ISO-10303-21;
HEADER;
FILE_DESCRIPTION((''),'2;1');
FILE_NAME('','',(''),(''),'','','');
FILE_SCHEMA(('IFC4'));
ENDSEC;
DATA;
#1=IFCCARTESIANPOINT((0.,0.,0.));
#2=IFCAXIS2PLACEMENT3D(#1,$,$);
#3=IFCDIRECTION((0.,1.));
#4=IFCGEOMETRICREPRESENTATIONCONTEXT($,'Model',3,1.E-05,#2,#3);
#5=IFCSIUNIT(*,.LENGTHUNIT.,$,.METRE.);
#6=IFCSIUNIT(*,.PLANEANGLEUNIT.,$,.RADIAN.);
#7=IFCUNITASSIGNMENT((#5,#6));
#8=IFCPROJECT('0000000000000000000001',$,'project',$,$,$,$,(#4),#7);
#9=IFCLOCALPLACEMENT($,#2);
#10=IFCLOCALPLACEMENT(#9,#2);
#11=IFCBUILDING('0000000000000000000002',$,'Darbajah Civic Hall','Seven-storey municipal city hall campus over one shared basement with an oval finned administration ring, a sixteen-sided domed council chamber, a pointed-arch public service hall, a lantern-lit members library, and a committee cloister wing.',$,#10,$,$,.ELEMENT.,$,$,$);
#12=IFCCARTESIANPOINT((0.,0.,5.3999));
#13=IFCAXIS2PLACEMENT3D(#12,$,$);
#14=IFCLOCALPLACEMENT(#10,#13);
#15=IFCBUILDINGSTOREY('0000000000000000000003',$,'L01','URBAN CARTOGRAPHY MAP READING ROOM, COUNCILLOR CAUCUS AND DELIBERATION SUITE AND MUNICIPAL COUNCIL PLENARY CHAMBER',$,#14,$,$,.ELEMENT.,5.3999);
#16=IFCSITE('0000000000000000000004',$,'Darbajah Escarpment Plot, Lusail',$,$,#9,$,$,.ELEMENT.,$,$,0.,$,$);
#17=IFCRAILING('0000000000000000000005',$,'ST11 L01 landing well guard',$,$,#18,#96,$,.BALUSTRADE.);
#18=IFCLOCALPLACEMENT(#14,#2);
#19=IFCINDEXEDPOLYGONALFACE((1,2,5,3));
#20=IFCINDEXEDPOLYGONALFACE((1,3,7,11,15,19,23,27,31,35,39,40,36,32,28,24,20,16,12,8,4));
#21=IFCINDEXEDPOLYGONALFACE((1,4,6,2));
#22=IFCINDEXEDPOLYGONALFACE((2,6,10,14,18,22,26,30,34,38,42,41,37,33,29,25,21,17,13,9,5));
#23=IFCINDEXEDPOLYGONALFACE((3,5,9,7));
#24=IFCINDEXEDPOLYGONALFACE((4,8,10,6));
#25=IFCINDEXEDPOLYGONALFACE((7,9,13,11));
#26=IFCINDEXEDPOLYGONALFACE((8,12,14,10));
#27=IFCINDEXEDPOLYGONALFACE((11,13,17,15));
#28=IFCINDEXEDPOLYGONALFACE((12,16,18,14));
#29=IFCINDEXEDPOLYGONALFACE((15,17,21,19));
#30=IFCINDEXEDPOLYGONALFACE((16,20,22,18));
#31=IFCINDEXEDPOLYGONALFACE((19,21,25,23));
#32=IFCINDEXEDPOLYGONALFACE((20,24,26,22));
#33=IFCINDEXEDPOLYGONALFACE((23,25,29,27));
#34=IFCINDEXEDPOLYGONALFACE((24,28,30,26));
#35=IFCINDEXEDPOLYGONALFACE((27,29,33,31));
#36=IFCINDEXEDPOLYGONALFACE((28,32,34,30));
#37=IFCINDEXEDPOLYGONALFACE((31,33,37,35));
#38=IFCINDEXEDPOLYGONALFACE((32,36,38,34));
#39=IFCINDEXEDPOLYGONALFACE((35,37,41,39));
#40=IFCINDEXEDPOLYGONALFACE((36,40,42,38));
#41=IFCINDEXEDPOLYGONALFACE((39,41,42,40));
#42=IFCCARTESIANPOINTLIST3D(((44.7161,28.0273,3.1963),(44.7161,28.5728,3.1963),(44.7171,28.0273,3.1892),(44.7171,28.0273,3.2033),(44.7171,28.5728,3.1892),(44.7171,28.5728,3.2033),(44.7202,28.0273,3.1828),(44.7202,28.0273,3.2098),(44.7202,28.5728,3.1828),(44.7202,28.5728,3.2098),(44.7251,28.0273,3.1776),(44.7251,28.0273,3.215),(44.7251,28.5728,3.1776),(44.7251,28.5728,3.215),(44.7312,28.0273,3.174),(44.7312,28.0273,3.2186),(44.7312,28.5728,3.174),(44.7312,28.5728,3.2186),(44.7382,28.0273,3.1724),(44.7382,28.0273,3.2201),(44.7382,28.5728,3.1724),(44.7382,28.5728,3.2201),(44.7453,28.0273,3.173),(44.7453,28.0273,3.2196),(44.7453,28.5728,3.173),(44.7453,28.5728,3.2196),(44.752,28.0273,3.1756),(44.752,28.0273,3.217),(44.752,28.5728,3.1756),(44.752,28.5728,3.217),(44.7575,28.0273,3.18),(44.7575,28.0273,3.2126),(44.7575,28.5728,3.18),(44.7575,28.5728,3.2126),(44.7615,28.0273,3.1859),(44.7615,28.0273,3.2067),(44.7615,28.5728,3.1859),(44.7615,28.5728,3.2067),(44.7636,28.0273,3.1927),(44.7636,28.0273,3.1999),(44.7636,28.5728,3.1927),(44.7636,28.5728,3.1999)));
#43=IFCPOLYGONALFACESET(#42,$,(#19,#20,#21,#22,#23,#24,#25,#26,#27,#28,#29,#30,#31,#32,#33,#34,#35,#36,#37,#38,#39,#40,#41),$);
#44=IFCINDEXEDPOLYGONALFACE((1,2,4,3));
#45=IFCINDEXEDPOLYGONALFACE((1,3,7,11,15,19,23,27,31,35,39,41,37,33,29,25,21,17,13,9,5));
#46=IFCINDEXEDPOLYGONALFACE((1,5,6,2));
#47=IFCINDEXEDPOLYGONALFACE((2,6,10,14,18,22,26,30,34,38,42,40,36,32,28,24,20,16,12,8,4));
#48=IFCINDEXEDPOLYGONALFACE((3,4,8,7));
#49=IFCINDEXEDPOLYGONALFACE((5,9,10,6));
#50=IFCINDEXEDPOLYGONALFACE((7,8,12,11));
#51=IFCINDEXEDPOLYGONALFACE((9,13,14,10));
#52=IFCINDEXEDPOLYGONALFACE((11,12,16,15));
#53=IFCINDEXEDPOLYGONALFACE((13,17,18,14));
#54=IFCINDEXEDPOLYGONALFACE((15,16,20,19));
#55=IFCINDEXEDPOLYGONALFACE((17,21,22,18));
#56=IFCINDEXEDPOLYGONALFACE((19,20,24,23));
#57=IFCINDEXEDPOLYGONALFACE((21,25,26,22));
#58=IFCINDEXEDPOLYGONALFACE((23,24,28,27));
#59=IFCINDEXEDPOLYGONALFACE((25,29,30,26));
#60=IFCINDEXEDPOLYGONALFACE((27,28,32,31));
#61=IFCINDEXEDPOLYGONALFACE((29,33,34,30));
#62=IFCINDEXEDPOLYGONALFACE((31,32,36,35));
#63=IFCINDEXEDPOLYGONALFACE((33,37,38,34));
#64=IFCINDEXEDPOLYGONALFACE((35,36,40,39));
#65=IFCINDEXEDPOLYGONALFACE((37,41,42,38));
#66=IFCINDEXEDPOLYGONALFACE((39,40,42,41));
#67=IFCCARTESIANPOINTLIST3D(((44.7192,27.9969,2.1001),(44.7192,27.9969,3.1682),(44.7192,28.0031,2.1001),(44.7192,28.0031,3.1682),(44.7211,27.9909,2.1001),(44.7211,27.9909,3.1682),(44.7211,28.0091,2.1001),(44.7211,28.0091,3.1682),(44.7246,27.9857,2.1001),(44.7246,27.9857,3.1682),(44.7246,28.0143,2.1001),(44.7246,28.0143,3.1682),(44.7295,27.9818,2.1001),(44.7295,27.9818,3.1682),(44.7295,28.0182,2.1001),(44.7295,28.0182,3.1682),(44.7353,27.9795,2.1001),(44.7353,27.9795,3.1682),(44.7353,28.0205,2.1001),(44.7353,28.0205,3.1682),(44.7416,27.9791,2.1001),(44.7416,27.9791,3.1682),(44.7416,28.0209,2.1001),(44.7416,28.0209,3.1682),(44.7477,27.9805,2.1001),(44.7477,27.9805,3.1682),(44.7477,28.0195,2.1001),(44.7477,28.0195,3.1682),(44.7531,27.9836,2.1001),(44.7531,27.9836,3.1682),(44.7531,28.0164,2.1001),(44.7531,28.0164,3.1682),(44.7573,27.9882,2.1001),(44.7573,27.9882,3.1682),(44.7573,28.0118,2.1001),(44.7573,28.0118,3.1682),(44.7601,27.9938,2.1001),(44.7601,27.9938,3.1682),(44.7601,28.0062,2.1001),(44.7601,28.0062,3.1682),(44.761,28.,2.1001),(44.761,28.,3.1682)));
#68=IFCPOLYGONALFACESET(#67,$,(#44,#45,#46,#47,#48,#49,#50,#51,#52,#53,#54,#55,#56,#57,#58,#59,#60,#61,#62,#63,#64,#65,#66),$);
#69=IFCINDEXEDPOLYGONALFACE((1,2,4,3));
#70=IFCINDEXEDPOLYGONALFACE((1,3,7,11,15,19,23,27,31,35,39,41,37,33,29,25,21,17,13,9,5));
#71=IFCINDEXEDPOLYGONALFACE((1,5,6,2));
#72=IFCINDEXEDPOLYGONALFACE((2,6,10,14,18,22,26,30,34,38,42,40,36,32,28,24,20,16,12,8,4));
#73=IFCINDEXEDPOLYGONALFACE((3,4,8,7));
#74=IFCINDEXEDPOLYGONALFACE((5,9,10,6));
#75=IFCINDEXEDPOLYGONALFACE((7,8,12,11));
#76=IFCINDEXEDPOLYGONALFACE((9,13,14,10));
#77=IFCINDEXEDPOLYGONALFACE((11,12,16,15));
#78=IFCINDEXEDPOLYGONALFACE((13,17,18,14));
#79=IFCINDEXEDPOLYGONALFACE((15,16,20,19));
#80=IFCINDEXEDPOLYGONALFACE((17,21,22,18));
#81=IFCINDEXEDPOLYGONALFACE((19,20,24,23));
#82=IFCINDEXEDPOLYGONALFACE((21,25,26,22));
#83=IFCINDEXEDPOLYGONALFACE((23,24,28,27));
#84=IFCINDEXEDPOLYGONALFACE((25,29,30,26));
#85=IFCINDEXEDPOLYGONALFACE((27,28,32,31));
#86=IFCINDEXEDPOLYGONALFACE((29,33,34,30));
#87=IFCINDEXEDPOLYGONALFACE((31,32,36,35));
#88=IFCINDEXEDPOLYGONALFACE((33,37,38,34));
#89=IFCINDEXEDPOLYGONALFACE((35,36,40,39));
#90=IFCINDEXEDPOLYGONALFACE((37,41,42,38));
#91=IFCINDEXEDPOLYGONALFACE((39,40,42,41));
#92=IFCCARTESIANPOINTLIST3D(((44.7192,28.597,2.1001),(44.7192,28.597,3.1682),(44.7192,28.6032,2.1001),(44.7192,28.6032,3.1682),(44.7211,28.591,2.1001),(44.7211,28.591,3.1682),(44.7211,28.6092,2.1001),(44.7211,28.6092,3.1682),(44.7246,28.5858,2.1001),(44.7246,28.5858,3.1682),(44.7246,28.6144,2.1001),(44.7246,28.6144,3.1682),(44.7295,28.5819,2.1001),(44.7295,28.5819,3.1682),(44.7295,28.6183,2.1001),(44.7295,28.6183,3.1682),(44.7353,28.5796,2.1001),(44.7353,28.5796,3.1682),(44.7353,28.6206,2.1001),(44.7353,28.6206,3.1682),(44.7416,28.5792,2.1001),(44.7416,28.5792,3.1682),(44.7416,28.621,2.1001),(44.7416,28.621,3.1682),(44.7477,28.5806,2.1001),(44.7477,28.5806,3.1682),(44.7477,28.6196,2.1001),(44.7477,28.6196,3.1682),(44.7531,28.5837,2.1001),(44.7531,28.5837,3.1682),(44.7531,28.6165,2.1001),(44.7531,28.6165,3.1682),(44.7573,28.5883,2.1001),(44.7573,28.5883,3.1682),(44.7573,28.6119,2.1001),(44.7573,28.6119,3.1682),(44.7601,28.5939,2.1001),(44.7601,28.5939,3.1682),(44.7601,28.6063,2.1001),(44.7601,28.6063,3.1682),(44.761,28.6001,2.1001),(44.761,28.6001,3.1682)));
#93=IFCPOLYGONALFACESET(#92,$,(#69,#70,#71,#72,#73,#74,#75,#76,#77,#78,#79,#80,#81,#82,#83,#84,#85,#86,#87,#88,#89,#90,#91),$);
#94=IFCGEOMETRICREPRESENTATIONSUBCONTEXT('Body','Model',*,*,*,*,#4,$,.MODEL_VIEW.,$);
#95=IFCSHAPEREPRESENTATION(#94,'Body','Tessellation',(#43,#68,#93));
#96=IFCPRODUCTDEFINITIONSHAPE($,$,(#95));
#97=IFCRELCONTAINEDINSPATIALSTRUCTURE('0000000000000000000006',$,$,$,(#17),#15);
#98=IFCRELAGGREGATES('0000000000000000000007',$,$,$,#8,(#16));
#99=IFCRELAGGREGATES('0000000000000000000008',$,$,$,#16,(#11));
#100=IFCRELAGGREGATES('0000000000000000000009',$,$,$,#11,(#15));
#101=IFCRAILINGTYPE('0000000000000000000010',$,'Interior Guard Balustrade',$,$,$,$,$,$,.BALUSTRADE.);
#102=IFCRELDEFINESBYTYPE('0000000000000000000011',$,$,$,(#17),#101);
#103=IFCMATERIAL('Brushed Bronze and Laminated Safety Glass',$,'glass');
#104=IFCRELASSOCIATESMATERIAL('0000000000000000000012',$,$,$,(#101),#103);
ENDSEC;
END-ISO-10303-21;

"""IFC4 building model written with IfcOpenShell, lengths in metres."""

from ifc_helpers import new_model, si_unit, direction, frame, origin, origin_2d, place, context, subcontext, project, spatial, circle, extrude, material, type_object, element, save


model = new_model("IFC4")

# Units and contexts
model_context = context("Model", 3, precision=1e-05, world=origin(), true_north=direction((0.0, 1.0)))
body_context = subcontext(model_context, "Body", "Model", "MODEL_VIEW")
ifc_project = project(units=[si_unit("LENGTHUNIT", "METRE"), si_unit("PLANEANGLEUNIT", "RADIAN")], contexts=[model_context])

# Site, building, storey
site_placement = place(None, origin())
site = spatial("IfcSite", under=ifc_project, at=site_placement, Name="Darbajah Escarpment Plot, Lusail", CompositionType="ELEMENT", RefElevation=0.0)
building_placement = place(site_placement, origin())
building = spatial("IfcBuilding", under=site, at=building_placement, Name="Darbajah Civic Hall", Description="Seven-storey municipal city hall campus over one shared basement with an oval finned administration ring, a sixteen-sided domed council chamber, a pointed-arch public service hall, a lantern-lit members library, and a committee cloister wing.", CompositionType="ELEMENT")
storey_placement = place(building_placement, frame((0.0, 0.0, 5.3999)))
storey = spatial("IfcBuildingStorey", under=building, at=storey_placement, Name="L01", Description="URBAN CARTOGRAPHY MAP READING ROOM, COUNCILLOR CAUCUS AND DELIBERATION SUITE AND MUNICIPAL COUNCIL PLENARY CHAMBER", CompositionType="ELEMENT", Elevation=5.3999)

# Railing
ifc_material_1 = material(Name="Brushed Bronze and Laminated Safety Glass", Category="glass")
railing_type_1 = type_object("IfcRailingType", Name="Interior Guard Balustrade", PredefinedType="BALUSTRADE", material=ifc_material_1)
railing_1_placement = place(storey_placement, frame((44.74, 28.0, 2.1001)))
element("IfcRailing", 1, at=railing_1_placement, inside=storey, type_object=railing_type_1, Name="ST11 L01 landing well guard", PredefinedType="BALUSTRADE", context=body_context, shape_type="SweptSolid", body=[
    extrude(circle(Radius=0.0239, at=origin_2d()), frame((0.0, 0.0273, 1.0962), z_axis=(0.0, 1.0, 0.0), x_axis=(-1.0, 0.0, 0.0)), (0.0, 0.0, 1.0), 0.5454),
    extrude(circle(Radius=0.021, at=origin_2d()), origin(), (0.0, 0.0, 1.0), 1.0681),
    extrude(circle(Radius=0.021, at=origin_2d()), frame((0.0, 0.6001, 0.0)), (0.0, 0.0, 1.0), 1.0681),
])

save(model, "model.ifc")
